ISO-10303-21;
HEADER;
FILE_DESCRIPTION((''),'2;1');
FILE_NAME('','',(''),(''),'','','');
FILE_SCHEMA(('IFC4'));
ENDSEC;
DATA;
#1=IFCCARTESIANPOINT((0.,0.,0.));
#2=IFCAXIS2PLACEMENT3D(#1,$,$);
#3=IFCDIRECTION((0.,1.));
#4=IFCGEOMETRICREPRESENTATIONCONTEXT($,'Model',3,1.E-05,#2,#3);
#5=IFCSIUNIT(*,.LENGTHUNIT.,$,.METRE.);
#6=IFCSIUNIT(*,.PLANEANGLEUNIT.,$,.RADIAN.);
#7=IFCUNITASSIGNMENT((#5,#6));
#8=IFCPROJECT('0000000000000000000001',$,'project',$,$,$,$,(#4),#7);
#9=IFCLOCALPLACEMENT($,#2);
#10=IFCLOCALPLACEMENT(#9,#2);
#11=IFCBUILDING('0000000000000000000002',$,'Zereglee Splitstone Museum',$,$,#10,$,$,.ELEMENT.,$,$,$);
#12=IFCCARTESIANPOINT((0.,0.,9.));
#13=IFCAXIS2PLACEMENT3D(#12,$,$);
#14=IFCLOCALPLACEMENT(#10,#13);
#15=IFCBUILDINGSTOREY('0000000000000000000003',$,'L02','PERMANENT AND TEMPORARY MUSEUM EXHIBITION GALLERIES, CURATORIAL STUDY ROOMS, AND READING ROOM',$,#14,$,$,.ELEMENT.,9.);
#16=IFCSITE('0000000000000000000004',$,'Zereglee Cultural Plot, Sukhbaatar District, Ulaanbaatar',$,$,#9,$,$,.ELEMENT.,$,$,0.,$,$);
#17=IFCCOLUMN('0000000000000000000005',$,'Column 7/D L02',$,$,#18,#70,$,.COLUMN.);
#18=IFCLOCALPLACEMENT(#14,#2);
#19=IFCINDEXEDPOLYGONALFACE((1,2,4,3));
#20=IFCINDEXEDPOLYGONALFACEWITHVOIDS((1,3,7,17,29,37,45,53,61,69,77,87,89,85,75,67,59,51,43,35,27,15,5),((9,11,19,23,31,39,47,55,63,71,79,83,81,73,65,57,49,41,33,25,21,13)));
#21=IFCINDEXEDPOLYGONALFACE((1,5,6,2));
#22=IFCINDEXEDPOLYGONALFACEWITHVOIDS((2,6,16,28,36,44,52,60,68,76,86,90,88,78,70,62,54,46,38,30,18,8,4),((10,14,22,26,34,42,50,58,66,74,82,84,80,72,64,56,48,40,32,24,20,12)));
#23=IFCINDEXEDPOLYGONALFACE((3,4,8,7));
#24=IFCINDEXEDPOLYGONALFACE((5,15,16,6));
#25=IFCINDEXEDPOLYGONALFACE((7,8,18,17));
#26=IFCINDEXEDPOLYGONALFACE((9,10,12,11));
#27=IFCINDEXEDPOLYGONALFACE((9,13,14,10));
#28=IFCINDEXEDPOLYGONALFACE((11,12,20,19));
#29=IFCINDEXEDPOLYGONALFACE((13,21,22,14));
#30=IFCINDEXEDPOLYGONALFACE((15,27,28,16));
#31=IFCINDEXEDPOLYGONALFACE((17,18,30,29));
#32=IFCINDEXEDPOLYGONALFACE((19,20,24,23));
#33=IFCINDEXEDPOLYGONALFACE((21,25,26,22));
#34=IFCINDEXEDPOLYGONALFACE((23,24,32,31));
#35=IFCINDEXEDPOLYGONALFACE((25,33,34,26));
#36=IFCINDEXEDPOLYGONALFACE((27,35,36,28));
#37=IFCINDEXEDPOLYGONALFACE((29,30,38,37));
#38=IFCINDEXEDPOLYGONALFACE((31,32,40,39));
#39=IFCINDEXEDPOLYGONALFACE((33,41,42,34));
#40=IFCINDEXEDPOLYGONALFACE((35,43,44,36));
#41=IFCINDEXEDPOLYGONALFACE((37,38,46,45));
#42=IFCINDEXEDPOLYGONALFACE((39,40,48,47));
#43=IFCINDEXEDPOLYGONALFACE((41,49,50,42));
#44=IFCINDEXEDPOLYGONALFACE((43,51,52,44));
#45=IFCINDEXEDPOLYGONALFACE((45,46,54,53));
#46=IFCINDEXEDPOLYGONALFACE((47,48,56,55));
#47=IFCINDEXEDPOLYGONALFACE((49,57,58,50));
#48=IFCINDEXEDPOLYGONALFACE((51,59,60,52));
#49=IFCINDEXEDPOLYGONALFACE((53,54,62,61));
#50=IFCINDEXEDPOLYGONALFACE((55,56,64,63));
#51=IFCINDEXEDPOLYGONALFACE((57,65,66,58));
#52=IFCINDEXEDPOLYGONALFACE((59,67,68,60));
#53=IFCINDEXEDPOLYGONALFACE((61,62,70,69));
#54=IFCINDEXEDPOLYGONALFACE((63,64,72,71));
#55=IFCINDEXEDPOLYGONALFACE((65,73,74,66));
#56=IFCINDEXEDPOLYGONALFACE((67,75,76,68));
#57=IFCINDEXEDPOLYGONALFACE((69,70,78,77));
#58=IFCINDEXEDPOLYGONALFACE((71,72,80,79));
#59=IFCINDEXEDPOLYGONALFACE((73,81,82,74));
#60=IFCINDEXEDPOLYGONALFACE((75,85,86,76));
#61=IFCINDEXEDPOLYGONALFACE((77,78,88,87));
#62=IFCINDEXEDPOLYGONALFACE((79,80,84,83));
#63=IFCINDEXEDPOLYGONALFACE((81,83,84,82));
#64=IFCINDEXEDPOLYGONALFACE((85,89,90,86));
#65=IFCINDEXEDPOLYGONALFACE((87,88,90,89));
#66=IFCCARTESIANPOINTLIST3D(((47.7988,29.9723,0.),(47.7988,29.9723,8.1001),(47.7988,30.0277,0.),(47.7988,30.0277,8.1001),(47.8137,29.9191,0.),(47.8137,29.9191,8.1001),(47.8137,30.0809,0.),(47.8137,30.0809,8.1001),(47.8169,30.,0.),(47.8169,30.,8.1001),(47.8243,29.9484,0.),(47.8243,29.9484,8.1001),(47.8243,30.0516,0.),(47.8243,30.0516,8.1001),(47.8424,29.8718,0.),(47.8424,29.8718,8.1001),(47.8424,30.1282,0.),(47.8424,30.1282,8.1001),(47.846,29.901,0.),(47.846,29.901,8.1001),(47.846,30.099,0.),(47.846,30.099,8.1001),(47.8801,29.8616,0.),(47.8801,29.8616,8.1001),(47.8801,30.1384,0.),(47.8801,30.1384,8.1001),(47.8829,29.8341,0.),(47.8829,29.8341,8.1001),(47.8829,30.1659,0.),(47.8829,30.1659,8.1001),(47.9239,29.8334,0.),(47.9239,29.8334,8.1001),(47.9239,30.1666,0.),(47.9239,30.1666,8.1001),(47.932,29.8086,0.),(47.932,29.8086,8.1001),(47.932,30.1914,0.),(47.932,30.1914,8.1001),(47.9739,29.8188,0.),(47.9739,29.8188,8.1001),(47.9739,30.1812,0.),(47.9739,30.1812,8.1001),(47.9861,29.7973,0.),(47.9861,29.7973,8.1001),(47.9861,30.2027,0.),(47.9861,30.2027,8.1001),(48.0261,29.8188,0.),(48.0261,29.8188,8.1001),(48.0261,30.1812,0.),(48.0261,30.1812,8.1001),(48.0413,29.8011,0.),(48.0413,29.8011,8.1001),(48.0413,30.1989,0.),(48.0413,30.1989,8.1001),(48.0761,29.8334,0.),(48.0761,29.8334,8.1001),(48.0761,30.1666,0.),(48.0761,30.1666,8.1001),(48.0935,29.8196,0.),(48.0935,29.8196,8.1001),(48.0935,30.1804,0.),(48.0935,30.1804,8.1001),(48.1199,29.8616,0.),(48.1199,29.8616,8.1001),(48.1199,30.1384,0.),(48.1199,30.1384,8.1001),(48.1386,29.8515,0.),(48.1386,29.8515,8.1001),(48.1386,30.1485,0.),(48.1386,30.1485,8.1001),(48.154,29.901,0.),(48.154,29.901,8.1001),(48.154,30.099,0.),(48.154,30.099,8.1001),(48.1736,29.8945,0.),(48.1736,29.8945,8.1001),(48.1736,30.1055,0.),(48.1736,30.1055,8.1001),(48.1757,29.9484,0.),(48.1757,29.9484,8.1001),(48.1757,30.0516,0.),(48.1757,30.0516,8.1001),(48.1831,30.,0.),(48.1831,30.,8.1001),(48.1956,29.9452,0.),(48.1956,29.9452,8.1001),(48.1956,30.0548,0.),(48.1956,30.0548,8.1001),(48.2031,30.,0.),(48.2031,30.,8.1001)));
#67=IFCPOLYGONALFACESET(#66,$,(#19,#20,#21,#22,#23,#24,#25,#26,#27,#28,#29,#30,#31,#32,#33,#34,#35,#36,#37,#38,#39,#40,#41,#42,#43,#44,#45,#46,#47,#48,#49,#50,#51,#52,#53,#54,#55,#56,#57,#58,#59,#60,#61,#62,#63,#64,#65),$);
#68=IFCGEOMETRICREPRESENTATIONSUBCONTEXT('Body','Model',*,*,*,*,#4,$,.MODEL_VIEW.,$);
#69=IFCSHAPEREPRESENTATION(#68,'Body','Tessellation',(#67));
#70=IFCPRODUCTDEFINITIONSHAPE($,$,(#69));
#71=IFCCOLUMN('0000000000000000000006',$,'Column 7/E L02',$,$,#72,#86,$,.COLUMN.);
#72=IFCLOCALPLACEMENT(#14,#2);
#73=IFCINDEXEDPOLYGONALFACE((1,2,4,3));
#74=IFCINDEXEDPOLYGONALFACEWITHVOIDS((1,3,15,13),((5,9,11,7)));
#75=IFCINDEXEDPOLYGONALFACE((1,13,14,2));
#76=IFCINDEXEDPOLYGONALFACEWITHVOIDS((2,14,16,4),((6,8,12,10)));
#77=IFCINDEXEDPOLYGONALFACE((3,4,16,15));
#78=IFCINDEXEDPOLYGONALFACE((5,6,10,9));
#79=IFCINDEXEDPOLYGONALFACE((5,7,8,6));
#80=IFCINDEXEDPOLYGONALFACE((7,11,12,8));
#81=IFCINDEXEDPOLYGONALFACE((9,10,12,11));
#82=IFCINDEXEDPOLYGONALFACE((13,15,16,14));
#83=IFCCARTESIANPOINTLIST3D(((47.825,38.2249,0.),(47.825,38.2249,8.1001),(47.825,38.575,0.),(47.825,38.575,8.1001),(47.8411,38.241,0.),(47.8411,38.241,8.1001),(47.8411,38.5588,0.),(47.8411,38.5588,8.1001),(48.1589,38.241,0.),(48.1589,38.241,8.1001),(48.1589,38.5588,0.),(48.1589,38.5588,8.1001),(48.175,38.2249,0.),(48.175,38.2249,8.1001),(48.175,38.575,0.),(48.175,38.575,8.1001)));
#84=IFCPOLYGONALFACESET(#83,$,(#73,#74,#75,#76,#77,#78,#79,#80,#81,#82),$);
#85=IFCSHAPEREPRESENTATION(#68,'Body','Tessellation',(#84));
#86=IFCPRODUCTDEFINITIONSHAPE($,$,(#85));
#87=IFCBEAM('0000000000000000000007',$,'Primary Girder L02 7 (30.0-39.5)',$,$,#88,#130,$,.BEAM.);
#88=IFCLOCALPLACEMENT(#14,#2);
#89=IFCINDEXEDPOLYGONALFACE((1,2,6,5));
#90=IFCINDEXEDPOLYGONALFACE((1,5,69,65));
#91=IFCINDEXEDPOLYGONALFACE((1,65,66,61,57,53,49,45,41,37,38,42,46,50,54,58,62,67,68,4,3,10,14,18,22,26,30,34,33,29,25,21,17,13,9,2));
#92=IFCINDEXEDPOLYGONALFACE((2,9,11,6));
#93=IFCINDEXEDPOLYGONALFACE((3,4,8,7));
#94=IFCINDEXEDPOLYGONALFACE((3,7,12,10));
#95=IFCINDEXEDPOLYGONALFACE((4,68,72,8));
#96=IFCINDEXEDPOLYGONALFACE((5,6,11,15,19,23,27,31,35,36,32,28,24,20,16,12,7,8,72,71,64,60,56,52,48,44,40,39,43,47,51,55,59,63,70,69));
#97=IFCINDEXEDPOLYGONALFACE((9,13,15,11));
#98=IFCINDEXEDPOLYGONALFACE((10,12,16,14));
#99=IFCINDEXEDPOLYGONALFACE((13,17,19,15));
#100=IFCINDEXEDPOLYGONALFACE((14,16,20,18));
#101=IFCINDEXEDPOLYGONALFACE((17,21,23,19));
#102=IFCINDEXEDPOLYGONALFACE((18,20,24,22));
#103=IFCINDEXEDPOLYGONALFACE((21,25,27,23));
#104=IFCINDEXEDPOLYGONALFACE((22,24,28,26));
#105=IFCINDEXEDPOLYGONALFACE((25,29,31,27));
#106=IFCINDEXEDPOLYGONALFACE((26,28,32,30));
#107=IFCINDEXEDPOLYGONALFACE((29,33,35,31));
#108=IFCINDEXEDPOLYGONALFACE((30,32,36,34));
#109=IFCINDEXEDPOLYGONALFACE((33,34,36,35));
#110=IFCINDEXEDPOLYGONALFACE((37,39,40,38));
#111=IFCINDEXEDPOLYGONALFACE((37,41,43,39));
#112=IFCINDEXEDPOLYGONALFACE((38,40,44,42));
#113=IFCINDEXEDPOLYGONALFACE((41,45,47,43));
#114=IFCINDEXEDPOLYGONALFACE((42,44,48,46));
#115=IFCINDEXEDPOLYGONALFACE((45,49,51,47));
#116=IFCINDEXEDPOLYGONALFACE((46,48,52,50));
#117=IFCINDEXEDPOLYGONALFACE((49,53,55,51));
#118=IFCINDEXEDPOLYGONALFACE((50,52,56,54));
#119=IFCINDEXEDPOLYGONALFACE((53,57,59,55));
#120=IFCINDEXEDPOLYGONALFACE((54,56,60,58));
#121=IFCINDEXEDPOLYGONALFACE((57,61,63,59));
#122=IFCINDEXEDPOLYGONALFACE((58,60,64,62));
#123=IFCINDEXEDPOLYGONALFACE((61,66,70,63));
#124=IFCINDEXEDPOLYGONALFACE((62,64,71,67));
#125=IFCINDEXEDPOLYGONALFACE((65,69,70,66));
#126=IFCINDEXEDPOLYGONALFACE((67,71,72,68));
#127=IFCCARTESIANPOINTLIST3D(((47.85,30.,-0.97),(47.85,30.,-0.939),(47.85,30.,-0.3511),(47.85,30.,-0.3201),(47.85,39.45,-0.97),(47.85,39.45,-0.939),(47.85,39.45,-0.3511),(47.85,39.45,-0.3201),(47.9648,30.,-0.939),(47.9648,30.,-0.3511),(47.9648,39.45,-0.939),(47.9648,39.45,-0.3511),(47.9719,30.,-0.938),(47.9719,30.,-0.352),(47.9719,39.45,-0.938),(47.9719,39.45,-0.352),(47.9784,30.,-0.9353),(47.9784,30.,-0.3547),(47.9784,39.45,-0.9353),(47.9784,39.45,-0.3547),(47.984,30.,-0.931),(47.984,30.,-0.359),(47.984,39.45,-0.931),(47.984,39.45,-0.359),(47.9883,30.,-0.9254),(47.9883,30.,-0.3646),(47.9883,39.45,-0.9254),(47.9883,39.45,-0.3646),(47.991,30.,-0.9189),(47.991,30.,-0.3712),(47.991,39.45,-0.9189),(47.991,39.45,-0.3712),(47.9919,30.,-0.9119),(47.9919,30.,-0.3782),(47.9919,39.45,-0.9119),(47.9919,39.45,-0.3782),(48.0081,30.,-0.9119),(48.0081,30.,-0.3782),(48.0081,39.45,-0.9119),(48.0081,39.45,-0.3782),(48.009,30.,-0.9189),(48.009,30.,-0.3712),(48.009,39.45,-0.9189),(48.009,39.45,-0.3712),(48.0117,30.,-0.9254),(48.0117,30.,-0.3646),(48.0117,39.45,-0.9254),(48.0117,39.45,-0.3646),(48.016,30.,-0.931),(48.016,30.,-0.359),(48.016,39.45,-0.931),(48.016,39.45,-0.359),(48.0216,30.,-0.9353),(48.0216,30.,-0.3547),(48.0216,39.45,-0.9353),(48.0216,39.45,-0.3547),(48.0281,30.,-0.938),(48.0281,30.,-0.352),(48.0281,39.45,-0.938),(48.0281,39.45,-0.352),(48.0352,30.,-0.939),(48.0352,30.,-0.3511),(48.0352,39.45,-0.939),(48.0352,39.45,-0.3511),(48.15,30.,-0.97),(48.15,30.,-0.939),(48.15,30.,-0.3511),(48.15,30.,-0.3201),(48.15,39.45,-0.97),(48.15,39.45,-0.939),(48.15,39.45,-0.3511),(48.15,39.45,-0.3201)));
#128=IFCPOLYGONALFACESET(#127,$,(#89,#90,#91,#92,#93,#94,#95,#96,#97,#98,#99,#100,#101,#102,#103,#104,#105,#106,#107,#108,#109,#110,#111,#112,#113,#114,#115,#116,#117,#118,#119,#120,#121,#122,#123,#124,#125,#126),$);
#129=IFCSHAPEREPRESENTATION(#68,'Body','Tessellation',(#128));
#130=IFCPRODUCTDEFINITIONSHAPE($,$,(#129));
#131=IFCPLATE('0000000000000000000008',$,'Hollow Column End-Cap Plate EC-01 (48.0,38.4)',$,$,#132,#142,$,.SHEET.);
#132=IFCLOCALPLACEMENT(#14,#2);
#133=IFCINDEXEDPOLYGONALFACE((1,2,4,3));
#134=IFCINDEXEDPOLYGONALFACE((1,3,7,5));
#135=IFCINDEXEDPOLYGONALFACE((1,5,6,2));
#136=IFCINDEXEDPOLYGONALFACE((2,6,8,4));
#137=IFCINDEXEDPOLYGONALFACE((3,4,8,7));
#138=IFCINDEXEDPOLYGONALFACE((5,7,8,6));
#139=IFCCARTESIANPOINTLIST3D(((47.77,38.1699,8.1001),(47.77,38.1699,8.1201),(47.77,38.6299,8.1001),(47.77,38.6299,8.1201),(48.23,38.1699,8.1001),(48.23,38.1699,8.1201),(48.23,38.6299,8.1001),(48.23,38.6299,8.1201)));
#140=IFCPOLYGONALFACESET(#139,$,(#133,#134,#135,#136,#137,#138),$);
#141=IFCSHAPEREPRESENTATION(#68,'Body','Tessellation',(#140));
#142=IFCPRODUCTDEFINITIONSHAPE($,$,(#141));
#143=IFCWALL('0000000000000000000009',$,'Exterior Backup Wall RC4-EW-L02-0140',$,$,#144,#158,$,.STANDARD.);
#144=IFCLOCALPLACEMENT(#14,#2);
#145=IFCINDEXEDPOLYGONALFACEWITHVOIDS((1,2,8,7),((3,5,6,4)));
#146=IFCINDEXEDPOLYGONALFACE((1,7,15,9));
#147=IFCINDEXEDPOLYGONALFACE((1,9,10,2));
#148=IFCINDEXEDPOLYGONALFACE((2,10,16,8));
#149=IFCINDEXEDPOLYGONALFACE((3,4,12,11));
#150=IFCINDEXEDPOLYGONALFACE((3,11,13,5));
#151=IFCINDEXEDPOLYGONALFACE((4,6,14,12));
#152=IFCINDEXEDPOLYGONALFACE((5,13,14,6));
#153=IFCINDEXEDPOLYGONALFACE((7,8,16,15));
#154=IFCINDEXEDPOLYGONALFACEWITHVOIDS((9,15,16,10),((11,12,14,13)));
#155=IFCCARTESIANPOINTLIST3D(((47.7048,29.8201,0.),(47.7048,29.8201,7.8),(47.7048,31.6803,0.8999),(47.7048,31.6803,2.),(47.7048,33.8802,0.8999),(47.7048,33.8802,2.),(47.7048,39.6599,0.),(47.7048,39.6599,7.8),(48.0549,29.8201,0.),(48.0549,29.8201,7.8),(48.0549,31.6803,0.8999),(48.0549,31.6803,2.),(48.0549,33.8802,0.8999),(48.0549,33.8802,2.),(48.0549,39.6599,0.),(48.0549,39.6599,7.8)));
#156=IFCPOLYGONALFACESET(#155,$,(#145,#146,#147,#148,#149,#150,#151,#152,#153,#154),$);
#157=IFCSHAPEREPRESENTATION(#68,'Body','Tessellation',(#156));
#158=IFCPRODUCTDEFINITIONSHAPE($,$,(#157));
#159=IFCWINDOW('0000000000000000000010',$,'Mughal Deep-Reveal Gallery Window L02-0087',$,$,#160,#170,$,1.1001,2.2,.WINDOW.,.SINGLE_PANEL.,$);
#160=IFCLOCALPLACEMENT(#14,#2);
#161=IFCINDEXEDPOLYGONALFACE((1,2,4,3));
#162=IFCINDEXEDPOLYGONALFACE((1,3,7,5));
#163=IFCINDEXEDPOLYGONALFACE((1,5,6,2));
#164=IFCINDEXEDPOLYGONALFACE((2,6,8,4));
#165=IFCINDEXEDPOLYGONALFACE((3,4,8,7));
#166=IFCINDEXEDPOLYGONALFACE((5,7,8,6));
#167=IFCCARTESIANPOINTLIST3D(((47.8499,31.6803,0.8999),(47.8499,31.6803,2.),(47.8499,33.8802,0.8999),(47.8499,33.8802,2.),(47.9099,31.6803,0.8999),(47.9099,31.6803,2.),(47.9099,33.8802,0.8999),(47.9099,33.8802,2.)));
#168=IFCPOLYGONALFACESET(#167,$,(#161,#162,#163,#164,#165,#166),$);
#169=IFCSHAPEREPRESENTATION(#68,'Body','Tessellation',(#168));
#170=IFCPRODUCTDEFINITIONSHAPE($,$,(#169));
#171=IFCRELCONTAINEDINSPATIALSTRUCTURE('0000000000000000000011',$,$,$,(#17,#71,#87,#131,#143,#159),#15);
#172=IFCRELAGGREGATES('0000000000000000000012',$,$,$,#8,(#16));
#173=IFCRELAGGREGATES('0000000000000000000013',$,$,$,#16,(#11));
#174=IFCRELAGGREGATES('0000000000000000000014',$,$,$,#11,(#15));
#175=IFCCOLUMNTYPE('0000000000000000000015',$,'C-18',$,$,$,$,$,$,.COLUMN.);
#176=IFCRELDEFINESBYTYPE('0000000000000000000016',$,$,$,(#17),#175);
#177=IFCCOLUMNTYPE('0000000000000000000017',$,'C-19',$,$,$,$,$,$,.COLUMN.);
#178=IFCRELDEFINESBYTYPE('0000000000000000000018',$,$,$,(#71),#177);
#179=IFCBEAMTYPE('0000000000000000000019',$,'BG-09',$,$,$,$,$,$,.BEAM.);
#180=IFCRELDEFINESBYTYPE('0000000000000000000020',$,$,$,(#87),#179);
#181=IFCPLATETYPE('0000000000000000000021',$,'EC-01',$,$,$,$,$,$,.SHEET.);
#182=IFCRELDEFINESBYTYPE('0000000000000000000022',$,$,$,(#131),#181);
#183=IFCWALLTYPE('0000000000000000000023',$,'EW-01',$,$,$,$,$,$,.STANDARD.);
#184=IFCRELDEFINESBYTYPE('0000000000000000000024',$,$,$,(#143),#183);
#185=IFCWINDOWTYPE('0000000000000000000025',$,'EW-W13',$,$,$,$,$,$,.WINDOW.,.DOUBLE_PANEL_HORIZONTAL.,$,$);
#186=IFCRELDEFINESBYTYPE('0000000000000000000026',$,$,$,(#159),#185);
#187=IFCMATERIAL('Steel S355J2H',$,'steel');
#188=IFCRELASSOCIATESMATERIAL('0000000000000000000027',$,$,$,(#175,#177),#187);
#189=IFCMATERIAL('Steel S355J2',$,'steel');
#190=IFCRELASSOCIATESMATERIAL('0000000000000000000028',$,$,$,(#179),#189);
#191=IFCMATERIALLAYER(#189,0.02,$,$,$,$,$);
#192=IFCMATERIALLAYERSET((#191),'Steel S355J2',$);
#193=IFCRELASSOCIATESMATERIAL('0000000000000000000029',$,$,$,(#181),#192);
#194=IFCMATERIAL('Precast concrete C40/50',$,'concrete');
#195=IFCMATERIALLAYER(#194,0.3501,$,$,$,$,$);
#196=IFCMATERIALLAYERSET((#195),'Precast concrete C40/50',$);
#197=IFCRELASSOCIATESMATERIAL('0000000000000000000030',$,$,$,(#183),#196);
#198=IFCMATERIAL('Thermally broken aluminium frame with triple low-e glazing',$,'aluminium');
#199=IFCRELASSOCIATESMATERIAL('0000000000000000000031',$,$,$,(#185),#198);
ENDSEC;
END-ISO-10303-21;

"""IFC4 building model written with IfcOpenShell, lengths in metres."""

from ifc_helpers import new_model, si_unit, direction, frame, frame_2d, origin, origin_2d, place, context, subcontext, project, spatial, rectangle, hollow_rectangle, hollow_circle, i_section, extrude, material, layer, layer_set, material_profile, profile_set, type_object, element, fill, save


model = new_model("IFC4")

# Units and contexts
model_context = context("Model", 3, precision=1e-05, world=origin(), true_north=direction((0.0, 1.0)))
body_context = subcontext(model_context, "Body", "Model", "MODEL_VIEW")
ifc_project = project(units=[si_unit("LENGTHUNIT", "METRE"), si_unit("PLANEANGLEUNIT", "RADIAN")], contexts=[model_context])

# Site, building, storey
site_placement = place(None, origin())
site = spatial("IfcSite", under=ifc_project, at=site_placement, Name="Zereglee Cultural Plot, Sukhbaatar District, Ulaanbaatar", CompositionType="ELEMENT", RefElevation=0.0)
building_placement = place(site_placement, origin())
building = spatial("IfcBuilding", under=site, at=building_placement, Name="Zereglee Splitstone Museum", CompositionType="ELEMENT")
storey_placement = place(building_placement, frame((0.0, 0.0, 9.0)))
storey = spatial("IfcBuildingStorey", under=building, at=storey_placement, Name="L02", Description="PERMANENT AND TEMPORARY MUSEUM EXHIBITION GALLERIES, CURATORIAL STUDY ROOMS, AND READING ROOM", CompositionType="ELEMENT", Elevation=9.0)

# Columns
ifc_material_1 = material(Name="Steel S355J2H", Category="steel")
ifc_material_profile_1 = material_profile(ifc_material_1, hollow_circle(Radius=0.2031, WallThickness=0.02, at=origin_2d()), Name="CHS 406.4x20")
ifc_profile_set_1 = profile_set([ifc_material_profile_1], Name="Steel S355J2H")
column_type_1 = type_object("IfcColumnType", Name="C-18", PredefinedType="COLUMN", material=ifc_profile_set_1)
column_1_placement = place(storey_placement, frame((48.0, 30.0, 0.0), z_axis=(0.0, 0.0, 1.0), x_axis=(1.0, 0.0, 0.0)))
element("IfcColumn", 1, at=column_1_placement, inside=storey, type_object=column_type_1, Name="Column 7/D L02", PredefinedType="COLUMN", context=body_context, shape_type="SweptSolid", body=[
    extrude(hollow_circle(Radius=0.2031, WallThickness=0.02, at=origin_2d()), origin(), (0.0, 0.0, 1.0), 8.1001),
])
ifc_material_profile_2 = material_profile(ifc_material_1, hollow_rectangle(XDim=0.3501, YDim=0.3501, WallThickness=0.0161, at=origin_2d()), Name="SHS 350x350x16")
ifc_profile_set_2 = profile_set([ifc_material_profile_2], Name="Steel S355J2H")
column_type_2 = type_object("IfcColumnType", Name="C-19", PredefinedType="COLUMN", material=ifc_profile_set_2)
column_2_placement = place(storey_placement, frame((48.0, 38.3999, 0.0), z_axis=(0.0, 0.0, 1.0), x_axis=(1.0, 0.0, 0.0)))
element("IfcColumn", 2, at=column_2_placement, inside=storey, type_object=column_type_2, Name="Column 7/E L02", PredefinedType="COLUMN", context=body_context, shape_type="SweptSolid", body=[
    extrude(hollow_rectangle(XDim=0.3501, YDim=0.3501, WallThickness=0.0161, at=origin_2d()), origin(), (0.0, 0.0, 1.0), 8.1001),
])

# Beam
ifc_material_2 = material(Name="Steel S355J2", Category="steel")
ifc_material_profile_3 = material_profile(ifc_material_2, i_section(OverallWidth=0.3, OverallDepth=0.6499, WebThickness=0.0161, FlangeThickness=0.031, FilletRadius=0.0271, at=origin_2d()), Name="HE 650 B")
ifc_profile_set_3 = profile_set([ifc_material_profile_3], Name="Steel S355J2")
beam_type = type_object("IfcBeamType", Name="BG-09", PredefinedType="BEAM", material=ifc_profile_set_3)
beam_placement = place(storey_placement, frame((48.0, 30.0, -0.645), z_axis=(0.0, 1.0, 0.0), x_axis=(-1.0, 0.0, 0.0)))
element("IfcBeam", 3, at=beam_placement, inside=storey, type_object=beam_type, Name="Primary Girder L02 7 (30.0-39.5)", PredefinedType="BEAM", context=body_context, shape_type="SweptSolid", body=[
    extrude(i_section(OverallWidth=0.3, OverallDepth=0.6499, WebThickness=0.0161, FlangeThickness=0.031, FilletRadius=0.0271, at=origin_2d()), origin(), (0.0, 0.0, 1.0), 9.45),
])

# Plate
ifc_layer_1 = layer(ifc_material_2, 0.02)
ifc_layer_set_1 = layer_set([ifc_layer_1], Name="Steel S355J2")
plate_type = type_object("IfcPlateType", Name="EC-01", PredefinedType="SHEET", material=ifc_layer_set_1)
plate_placement = place(storey_placement, frame((48.0, 38.3999, 8.1001), z_axis=(0.0, 0.0, 1.0), x_axis=(1.0, 0.0, 0.0)))
element("IfcPlate", 4, at=plate_placement, inside=storey, type_object=plate_type, Name="Hollow Column End-Cap Plate EC-01 (48.0,38.4)", PredefinedType="SHEET", context=body_context, shape_type="SweptSolid", body=[
    extrude(rectangle(XDim=0.46, YDim=0.46, at=origin_2d()), origin(), (0.0, 0.0, 1.0), 0.02),
])

# Wall, opening, window
ifc_material_3 = material(Name="Precast concrete C40/50", Category="concrete")
ifc_layer_2 = layer(ifc_material_3, 0.3501)
ifc_layer_set_2 = layer_set([ifc_layer_2], Name="Precast concrete C40/50")
wall_type = type_object("IfcWallType", Name="EW-01", PredefinedType="STANDARD", material=ifc_layer_set_2)
wall_1_placement = place(storey_placement, frame((47.8799, 29.8201, 0.0), z_axis=(0.0, 0.0, 1.0), x_axis=(0.0, 1.0, 0.0)))
wall_1 = element("IfcWall", 5, at=wall_1_placement, inside=storey, type_object=wall_type, Name="Exterior Backup Wall RC4-EW-L02-0140", PredefinedType="STANDARD", context=body_context, shape_type="SweptSolid", body=[
    extrude(rectangle(XDim=9.8398, YDim=0.3501, at=frame_2d((4.9199, 0.0))), origin(), (0.0, 0.0, 1.0), 7.8),
])
opening_1_placement = place(wall_1_placement, frame((1.8601, 0.0, 0.8999)))
opening_1 = element("IfcOpeningElement", 6, at=opening_1_placement, cuts=wall_1, PredefinedType="OPENING", context=body_context, shape_type="SweptSolid", body=[
    extrude(rectangle(XDim=2.2, YDim=1.1001, at=frame_2d((1.1001, 0.55))), frame((0.0, 0.1899, 0.0), z_axis=(0.0, -1.0, 0.0), x_axis=(1.0, 0.0, 0.0)), (0.0, 0.0, 1.0), 0.3799),
])
ifc_material_4 = material(Name="Thermally broken aluminium frame with triple low-e glazing", Category="aluminium")
window_type_1 = type_object("IfcWindowType", Name="EW-W13", PartitioningType="DOUBLE_PANEL_HORIZONTAL", PredefinedType="WINDOW", material=ifc_material_4)
window_1_placement = place(opening_1_placement, origin())
window_1 = element("IfcWindow", 7, at=window_1_placement, inside=storey, type_object=window_type_1, Name="Mughal Deep-Reveal Gallery Window L02-0087", OverallHeight=1.1001, OverallWidth=2.2, PartitioningType="SINGLE_PANEL", PredefinedType="WINDOW", context=body_context, shape_type="SweptSolid", body=[
    extrude(rectangle(XDim=2.2, YDim=1.1001, at=frame_2d((1.1001, 0.55))), frame((0.0, 0.03, 0.0), z_axis=(0.0, -1.0, 0.0), x_axis=(1.0, 0.0, 0.0)), (0.0, 0.0, 1.0), 0.0601),
])
fill(opening_1, window_1)

save(model, "model.ifc")
